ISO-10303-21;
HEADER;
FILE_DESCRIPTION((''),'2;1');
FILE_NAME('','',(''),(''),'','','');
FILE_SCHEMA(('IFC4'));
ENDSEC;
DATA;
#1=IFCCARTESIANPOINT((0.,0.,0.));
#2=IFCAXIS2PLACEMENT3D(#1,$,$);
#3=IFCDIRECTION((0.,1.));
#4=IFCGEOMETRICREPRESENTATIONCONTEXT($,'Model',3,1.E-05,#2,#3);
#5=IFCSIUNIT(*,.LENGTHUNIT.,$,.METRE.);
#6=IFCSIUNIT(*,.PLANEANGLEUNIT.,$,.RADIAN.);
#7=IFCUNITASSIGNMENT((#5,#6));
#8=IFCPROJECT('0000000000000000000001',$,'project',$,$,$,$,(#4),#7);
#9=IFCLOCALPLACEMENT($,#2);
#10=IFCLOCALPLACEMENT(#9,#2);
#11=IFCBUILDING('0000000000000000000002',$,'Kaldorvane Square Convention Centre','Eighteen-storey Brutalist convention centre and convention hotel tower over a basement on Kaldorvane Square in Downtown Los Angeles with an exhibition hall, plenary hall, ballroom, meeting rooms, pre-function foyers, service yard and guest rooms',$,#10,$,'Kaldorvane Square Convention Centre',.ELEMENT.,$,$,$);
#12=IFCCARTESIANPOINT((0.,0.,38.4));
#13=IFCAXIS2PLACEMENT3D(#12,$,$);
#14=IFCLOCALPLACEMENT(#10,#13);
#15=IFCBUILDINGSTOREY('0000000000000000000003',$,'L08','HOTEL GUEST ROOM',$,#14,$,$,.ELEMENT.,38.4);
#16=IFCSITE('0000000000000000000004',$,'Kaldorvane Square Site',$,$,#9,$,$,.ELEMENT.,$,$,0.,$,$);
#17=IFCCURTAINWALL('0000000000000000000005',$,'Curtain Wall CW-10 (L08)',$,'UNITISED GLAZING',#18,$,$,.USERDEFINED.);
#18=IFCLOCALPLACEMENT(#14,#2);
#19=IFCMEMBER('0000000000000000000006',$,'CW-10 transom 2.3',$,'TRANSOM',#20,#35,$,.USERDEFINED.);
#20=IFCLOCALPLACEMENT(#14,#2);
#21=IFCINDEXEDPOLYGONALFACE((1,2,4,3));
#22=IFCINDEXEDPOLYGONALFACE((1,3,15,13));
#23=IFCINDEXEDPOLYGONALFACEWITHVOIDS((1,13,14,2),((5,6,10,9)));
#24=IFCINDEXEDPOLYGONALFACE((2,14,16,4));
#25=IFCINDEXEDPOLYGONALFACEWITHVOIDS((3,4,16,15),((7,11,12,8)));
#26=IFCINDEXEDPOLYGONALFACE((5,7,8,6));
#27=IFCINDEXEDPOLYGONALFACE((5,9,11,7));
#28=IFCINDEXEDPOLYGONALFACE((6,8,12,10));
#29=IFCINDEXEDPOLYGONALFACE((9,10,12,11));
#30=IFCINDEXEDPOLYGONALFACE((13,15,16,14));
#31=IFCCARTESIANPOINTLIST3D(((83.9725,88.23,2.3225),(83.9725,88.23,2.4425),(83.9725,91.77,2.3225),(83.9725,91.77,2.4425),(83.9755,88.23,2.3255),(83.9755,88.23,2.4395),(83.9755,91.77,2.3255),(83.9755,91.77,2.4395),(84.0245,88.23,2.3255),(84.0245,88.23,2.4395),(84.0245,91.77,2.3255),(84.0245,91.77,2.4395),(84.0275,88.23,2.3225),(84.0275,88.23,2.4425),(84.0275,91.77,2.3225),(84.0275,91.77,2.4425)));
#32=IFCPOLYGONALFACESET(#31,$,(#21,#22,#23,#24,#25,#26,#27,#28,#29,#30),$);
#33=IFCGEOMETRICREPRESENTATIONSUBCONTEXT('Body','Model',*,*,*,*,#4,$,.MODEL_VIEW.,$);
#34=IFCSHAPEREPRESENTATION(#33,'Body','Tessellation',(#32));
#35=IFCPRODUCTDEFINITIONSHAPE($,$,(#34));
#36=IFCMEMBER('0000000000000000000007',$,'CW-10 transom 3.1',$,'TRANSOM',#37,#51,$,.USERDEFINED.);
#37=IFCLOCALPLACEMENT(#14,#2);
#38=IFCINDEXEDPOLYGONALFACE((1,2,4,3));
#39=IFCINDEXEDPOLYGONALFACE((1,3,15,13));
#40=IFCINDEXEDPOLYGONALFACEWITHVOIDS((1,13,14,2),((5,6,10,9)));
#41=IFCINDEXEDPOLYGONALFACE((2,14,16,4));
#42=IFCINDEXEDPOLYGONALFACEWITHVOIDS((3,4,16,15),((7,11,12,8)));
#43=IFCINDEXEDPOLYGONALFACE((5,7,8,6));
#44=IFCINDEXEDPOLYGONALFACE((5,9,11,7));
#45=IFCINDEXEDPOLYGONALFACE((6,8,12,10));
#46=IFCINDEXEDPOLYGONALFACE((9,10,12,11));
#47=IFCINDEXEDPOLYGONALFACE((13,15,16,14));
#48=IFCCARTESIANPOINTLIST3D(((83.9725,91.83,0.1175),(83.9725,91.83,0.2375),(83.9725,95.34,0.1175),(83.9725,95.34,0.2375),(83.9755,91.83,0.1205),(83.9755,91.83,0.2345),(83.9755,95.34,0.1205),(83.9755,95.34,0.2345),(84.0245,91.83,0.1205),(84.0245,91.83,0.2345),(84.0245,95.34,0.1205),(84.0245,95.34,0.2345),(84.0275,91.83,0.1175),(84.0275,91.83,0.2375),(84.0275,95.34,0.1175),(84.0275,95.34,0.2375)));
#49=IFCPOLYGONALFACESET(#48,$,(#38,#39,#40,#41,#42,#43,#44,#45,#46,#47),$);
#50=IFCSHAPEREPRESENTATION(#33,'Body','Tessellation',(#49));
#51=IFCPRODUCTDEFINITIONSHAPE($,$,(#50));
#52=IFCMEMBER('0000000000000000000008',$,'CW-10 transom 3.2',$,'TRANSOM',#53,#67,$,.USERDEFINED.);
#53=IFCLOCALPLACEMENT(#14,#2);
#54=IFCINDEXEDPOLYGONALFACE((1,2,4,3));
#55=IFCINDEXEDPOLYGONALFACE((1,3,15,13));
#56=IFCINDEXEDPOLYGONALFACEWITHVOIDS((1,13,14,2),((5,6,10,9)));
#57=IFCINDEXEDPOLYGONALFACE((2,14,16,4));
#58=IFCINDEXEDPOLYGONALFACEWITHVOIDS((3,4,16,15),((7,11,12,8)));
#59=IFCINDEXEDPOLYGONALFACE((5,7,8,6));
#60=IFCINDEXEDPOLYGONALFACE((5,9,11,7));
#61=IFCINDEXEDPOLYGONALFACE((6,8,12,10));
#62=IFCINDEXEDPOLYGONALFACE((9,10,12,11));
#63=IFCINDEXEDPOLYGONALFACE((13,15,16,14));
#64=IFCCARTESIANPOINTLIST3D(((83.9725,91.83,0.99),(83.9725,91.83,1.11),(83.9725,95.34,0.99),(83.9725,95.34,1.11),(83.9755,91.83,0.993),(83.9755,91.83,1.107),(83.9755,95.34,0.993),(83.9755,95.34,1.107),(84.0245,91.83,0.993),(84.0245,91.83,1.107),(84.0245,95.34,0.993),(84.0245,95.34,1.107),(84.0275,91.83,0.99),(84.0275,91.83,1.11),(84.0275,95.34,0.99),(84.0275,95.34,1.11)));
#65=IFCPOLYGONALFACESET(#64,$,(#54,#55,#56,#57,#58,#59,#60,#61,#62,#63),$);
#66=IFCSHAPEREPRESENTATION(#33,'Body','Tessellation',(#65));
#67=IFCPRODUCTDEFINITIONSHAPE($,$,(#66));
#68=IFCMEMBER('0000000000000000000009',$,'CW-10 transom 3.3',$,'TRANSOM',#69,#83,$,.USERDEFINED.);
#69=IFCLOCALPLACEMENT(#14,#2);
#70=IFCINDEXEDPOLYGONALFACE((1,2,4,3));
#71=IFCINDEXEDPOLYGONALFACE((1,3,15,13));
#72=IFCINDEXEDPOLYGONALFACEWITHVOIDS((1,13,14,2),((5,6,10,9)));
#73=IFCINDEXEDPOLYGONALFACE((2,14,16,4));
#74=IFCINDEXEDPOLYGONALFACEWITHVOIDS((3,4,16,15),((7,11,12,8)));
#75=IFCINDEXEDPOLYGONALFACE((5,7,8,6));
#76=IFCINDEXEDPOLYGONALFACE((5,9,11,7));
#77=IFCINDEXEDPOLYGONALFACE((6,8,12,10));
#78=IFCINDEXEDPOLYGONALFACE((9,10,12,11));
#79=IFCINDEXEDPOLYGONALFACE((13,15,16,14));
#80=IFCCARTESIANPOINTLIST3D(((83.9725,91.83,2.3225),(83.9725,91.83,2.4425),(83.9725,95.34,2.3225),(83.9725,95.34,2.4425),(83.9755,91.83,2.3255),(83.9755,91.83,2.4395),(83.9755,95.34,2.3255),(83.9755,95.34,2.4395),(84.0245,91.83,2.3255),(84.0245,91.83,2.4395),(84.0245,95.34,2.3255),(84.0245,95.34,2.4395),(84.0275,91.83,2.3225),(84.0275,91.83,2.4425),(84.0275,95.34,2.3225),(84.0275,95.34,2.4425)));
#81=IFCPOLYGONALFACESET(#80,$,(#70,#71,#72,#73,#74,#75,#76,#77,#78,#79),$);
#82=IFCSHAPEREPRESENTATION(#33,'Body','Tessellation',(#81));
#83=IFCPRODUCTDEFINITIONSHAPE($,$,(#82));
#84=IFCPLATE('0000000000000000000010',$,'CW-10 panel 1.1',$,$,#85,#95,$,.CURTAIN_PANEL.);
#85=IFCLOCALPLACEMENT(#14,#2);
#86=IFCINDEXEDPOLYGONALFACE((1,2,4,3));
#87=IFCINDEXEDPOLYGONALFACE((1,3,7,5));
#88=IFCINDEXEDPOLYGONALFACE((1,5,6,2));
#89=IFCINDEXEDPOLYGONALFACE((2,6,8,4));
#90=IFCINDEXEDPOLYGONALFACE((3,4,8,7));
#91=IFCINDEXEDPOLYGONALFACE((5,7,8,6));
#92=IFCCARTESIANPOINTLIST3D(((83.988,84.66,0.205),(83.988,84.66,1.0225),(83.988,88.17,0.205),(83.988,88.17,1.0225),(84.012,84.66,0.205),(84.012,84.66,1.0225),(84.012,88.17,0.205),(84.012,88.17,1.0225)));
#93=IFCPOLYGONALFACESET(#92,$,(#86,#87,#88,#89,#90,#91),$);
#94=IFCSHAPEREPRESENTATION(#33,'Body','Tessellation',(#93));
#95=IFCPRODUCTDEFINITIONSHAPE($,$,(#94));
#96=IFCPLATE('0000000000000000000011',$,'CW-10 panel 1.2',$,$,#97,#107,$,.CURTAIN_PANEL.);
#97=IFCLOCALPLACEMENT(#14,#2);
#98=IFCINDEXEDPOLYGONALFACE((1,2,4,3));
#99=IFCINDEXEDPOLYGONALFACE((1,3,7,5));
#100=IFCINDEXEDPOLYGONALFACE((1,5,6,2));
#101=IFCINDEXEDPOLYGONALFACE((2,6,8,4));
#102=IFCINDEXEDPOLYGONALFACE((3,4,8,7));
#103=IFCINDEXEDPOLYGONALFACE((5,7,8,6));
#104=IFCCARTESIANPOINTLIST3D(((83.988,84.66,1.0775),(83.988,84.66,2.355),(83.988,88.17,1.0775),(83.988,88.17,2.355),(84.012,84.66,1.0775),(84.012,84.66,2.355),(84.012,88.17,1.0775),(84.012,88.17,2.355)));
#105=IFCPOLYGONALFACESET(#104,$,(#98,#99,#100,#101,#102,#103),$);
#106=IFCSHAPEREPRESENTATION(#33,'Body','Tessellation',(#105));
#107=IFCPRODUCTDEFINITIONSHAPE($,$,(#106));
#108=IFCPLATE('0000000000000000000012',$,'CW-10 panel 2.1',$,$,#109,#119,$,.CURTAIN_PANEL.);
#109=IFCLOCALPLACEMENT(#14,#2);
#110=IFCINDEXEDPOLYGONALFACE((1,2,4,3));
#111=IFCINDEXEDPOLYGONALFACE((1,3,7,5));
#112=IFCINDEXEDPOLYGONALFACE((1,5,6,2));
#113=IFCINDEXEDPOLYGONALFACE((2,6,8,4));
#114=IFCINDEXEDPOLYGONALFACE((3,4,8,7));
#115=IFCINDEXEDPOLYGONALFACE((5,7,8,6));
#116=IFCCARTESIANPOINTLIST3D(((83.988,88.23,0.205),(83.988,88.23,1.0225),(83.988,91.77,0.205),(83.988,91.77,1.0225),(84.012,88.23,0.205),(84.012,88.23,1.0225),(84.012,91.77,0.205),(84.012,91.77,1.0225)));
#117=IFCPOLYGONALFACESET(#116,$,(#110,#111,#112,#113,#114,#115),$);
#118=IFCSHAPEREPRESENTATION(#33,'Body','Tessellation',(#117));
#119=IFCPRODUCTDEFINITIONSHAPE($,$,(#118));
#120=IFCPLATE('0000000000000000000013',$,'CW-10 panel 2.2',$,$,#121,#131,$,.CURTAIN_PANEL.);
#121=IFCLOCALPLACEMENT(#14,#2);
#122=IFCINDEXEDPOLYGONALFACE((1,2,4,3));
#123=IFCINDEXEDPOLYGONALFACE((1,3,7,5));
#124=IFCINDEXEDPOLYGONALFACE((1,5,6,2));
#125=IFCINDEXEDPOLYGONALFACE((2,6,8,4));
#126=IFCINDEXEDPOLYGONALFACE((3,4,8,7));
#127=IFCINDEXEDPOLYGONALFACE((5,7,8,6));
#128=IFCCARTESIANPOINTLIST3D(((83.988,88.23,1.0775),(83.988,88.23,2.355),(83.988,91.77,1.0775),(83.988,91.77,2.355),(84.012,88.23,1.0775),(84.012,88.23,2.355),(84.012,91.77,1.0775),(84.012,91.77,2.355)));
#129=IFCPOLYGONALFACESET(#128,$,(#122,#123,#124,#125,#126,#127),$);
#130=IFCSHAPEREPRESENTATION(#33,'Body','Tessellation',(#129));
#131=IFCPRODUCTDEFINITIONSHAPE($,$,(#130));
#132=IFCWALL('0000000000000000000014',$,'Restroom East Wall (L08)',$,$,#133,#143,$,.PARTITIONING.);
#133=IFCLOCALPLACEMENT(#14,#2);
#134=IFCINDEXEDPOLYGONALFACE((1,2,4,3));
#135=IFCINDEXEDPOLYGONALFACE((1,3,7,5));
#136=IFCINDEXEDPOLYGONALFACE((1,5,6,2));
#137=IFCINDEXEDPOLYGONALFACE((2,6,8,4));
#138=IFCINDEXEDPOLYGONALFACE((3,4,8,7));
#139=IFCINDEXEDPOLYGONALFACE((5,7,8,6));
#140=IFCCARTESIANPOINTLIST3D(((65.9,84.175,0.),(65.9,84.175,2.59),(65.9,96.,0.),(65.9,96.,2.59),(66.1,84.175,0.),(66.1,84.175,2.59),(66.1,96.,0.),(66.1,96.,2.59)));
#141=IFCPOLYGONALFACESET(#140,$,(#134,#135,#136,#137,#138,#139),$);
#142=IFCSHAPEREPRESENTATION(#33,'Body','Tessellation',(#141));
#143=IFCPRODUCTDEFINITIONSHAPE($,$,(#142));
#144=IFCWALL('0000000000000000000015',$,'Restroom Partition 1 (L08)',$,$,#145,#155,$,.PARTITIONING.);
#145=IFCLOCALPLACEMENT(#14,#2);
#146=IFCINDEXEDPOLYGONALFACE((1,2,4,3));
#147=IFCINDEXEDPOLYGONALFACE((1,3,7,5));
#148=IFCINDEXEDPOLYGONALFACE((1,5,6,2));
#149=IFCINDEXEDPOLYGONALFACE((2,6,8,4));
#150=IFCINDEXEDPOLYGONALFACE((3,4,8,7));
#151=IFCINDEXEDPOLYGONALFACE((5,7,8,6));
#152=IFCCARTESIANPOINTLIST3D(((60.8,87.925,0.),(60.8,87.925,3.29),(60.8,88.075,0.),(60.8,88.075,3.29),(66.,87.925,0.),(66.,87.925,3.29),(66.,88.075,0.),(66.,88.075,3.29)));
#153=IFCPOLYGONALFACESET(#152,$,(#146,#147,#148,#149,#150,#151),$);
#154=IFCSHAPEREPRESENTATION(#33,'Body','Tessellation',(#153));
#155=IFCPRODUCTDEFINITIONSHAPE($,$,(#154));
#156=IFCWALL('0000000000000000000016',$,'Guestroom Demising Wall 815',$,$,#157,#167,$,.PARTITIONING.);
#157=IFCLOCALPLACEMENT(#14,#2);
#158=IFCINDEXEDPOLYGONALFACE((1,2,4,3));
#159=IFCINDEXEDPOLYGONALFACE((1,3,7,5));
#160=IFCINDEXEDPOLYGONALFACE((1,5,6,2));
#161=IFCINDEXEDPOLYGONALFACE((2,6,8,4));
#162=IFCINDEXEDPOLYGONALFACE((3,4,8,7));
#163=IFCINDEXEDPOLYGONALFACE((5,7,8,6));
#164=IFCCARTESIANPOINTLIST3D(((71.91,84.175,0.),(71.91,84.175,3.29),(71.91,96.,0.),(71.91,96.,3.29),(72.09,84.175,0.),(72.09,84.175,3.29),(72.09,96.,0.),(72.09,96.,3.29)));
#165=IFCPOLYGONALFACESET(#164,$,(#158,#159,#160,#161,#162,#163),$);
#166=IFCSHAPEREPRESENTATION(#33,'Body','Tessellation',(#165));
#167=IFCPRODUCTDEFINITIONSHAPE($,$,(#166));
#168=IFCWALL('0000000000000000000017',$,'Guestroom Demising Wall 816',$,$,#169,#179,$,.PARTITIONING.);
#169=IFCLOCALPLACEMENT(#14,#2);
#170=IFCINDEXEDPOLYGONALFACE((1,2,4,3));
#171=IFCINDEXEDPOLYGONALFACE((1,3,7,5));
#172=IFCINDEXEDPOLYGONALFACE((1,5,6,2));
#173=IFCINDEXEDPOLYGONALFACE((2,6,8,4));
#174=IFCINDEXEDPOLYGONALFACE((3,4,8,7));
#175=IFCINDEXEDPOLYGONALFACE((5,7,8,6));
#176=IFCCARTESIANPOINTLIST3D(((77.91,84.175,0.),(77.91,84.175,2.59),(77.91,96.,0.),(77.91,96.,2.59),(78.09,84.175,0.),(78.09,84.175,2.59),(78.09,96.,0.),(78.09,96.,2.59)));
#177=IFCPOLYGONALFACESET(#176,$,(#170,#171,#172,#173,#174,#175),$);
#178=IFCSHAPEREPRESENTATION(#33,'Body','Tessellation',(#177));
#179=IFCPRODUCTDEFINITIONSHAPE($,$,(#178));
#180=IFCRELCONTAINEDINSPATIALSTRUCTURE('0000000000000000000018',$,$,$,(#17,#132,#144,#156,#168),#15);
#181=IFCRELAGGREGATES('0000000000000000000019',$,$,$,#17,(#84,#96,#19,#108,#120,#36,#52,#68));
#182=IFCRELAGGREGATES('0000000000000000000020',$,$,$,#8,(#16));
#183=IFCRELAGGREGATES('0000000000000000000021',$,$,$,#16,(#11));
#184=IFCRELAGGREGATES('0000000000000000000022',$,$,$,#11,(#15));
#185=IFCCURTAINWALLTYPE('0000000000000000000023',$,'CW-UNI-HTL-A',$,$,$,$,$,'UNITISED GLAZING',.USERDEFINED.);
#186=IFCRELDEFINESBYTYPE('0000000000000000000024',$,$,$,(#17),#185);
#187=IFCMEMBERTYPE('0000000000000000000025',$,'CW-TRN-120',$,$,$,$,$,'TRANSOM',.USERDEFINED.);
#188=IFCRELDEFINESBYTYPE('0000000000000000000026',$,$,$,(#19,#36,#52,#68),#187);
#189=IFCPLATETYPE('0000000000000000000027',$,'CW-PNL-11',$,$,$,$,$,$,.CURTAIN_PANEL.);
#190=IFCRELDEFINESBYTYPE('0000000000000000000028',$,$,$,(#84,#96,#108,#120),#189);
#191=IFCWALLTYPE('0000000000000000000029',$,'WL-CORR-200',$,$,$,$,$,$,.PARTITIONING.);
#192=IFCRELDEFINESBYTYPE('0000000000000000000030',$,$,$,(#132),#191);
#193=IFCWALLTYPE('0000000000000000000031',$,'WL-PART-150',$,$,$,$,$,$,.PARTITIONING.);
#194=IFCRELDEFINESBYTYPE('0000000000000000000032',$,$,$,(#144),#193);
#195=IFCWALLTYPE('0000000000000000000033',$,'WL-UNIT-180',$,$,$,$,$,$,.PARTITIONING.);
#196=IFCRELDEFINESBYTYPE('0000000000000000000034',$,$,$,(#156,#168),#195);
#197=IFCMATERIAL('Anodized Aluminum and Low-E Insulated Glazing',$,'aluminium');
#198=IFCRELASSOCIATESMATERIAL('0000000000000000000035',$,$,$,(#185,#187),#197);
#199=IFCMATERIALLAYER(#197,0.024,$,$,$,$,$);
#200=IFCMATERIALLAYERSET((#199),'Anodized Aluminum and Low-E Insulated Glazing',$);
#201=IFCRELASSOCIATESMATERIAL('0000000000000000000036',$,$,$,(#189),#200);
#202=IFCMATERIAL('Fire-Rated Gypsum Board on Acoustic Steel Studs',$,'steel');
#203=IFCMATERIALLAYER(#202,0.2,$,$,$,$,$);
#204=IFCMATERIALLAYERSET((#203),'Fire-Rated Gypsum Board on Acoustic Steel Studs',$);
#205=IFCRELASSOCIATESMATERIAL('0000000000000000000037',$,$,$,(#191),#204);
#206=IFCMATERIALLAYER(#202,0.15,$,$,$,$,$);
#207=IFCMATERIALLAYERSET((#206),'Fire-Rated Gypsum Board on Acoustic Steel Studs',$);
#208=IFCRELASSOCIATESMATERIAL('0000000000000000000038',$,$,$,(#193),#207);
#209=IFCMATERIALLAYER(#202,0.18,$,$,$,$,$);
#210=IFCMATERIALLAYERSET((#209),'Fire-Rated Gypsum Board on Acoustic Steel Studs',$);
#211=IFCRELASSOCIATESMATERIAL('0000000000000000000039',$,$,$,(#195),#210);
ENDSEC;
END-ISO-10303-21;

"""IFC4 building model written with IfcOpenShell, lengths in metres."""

from ifc_helpers import new_model, si_unit, direction, frame, frame_2d, origin, origin_2d, place, context, subcontext, project, spatial, rectangle, hollow_rectangle, extrude, material, layer, layer_set, material_profile, profile_set, type_object, element, aggregate, save


model = new_model("IFC4")

# Units and contexts
model_context = context("Model", 3, precision=1e-05, world=origin(), true_north=direction((0.0, 1.0)))
body_context = subcontext(model_context, "Body", "Model", "MODEL_VIEW")
ifc_project = project(units=[si_unit("LENGTHUNIT", "METRE"), si_unit("PLANEANGLEUNIT", "RADIAN")], contexts=[model_context])

# Site, building, storey
site_placement = place(None, origin())
site = spatial("IfcSite", under=ifc_project, at=site_placement, Name="Kaldorvane Square Site", CompositionType="ELEMENT", RefElevation=0.0)
building_placement = place(site_placement, origin())
building = spatial("IfcBuilding", under=site, at=building_placement, Name="Kaldorvane Square Convention Centre", Description="Eighteen-storey Brutalist convention centre and convention hotel tower over a basement on Kaldorvane Square in Downtown Los Angeles with an exhibition hall, plenary hall, ballroom, meeting rooms, pre-function foyers, service yard and guest rooms", LongName="Kaldorvane Square Convention Centre", CompositionType="ELEMENT")
storey_placement = place(building_placement, frame((0.0, 0.0, 38.4)))
storey = spatial("IfcBuildingStorey", under=building, at=storey_placement, Name="L08", Description="HOTEL GUEST ROOM", CompositionType="ELEMENT", Elevation=38.4)

# Curtain wall, members, plates
ifc_material_1 = material(Name="Anodized Aluminum and Low-E Insulated Glazing", Category="aluminium")
curtain_wall_type = type_object("IfcCurtainWallType", Name="CW-UNI-HTL-A", ElementType="UNITISED GLAZING", PredefinedType="USERDEFINED", material=ifc_material_1)
curtain_wall_placement = place(storey_placement, origin())
curtain_wall = element("IfcCurtainWall", 1, at=curtain_wall_placement, inside=storey, type_object=curtain_wall_type, Name="Curtain Wall CW-10 (L08)", ObjectType="UNITISED GLAZING", PredefinedType="USERDEFINED")
ifc_material_profile_1 = material_profile(ifc_material_1, hollow_rectangle(XDim=0.055, YDim=0.12, WallThickness=0.003, at=origin_2d()), Name="CWT-120X55")
ifc_profile_set_1 = profile_set([ifc_material_profile_1], Name="Anodized Aluminum and Low-E Insulated Glazing")
member_type_1 = type_object("IfcMemberType", Name="CW-TRN-120", ElementType="TRANSOM", PredefinedType="USERDEFINED", material=ifc_profile_set_1)
member_1_placement = place(storey_placement, frame((84.0, 88.23, 2.3825), z_axis=(0.0, 1.0, 0.0), x_axis=(-1.0, 0.0, 0.0)))
member_1 = element("IfcMember", 2, at=member_1_placement, type_object=member_type_1, Name="CW-10 transom 2.3", ObjectType="TRANSOM", PredefinedType="USERDEFINED", context=body_context, shape_type="SweptSolid", body=[
    extrude(hollow_rectangle(XDim=0.055, YDim=0.12, WallThickness=0.003, at=origin_2d()), origin(), (0.0, 0.0, 1.0), 3.54),
])
member_2_placement = place(storey_placement, frame((84.0, 91.83, 0.1775), z_axis=(0.0, 1.0, 0.0), x_axis=(-1.0, 0.0, 0.0)))
member_2 = element("IfcMember", 3, at=member_2_placement, type_object=member_type_1, Name="CW-10 transom 3.1", ObjectType="TRANSOM", PredefinedType="USERDEFINED", context=body_context, shape_type="SweptSolid", body=[
    extrude(hollow_rectangle(XDim=0.055, YDim=0.12, WallThickness=0.003, at=origin_2d()), origin(), (0.0, 0.0, 1.0), 3.51),
])
member_3_placement = place(storey_placement, frame((84.0, 91.83, 1.05), z_axis=(0.0, 1.0, 0.0), x_axis=(-1.0, 0.0, 0.0)))
member_3 = element("IfcMember", 4, at=member_3_placement, type_object=member_type_1, Name="CW-10 transom 3.2", ObjectType="TRANSOM", PredefinedType="USERDEFINED", context=body_context, shape_type="SweptSolid", body=[
    extrude(hollow_rectangle(XDim=0.055, YDim=0.12, WallThickness=0.003, at=origin_2d()), origin(), (0.0, 0.0, 1.0), 3.51),
])
member_4_placement = place(storey_placement, frame((84.0, 91.83, 2.3825), z_axis=(0.0, 1.0, 0.0), x_axis=(-1.0, 0.0, 0.0)))
member_4 = element("IfcMember", 5, at=member_4_placement, type_object=member_type_1, Name="CW-10 transom 3.3", ObjectType="TRANSOM", PredefinedType="USERDEFINED", context=body_context, shape_type="SweptSolid", body=[
    extrude(hollow_rectangle(XDim=0.055, YDim=0.12, WallThickness=0.003, at=origin_2d()), origin(), (0.0, 0.0, 1.0), 3.51),
])
ifc_layer_1 = layer(ifc_material_1, 0.024)
ifc_layer_set_1 = layer_set([ifc_layer_1], Name="Anodized Aluminum and Low-E Insulated Glazing")
plate_type = type_object("IfcPlateType", Name="CW-PNL-11", PredefinedType="CURTAIN_PANEL", material=ifc_layer_set_1)
plate_1_placement = place(storey_placement, frame((84.0, 86.415, 0.205), z_axis=(0.0, 0.0, 1.0), x_axis=(0.0, 1.0, 0.0)))
plate_1 = element("IfcPlate", 6, at=plate_1_placement, type_object=plate_type, Name="CW-10 panel 1.1", PredefinedType="CURTAIN_PANEL", context=body_context, shape_type="SweptSolid", body=[
    extrude(rectangle(XDim=3.51, YDim=0.024, at=origin_2d()), origin(), (0.0, 0.0, 1.0), 0.8175),
])
plate_2_placement = place(storey_placement, frame((84.0, 86.415, 1.0775), z_axis=(0.0, 0.0, 1.0), x_axis=(0.0, 1.0, 0.0)))
plate_2 = element("IfcPlate", 7, at=plate_2_placement, type_object=plate_type, Name="CW-10 panel 1.2", PredefinedType="CURTAIN_PANEL", context=body_context, shape_type="SweptSolid", body=[
    extrude(rectangle(XDim=3.51, YDim=0.024, at=origin_2d()), origin(), (0.0, 0.0, 1.0), 1.2775),
])
plate_3_placement = place(storey_placement, frame((84.0, 90.0, 0.205), z_axis=(0.0, 0.0, 1.0), x_axis=(0.0, 1.0, 0.0)))
plate_3 = element("IfcPlate", 8, at=plate_3_placement, type_object=plate_type, Name="CW-10 panel 2.1", PredefinedType="CURTAIN_PANEL", context=body_context, shape_type="SweptSolid", body=[
    extrude(rectangle(XDim=3.54, YDim=0.024, at=origin_2d()), origin(), (0.0, 0.0, 1.0), 0.8175),
])
plate_4_placement = place(storey_placement, frame((84.0, 90.0, 1.0775), z_axis=(0.0, 0.0, 1.0), x_axis=(0.0, 1.0, 0.0)))
plate_4 = element("IfcPlate", 9, at=plate_4_placement, type_object=plate_type, Name="CW-10 panel 2.2", PredefinedType="CURTAIN_PANEL", context=body_context, shape_type="SweptSolid", body=[
    extrude(rectangle(XDim=3.54, YDim=0.024, at=origin_2d()), origin(), (0.0, 0.0, 1.0), 1.2775),
])
aggregate(curtain_wall, [plate_1, plate_2, member_1, plate_3, plate_4, member_2, member_3, member_4])

# Walls
ifc_material_2 = material(Name="Fire-Rated Gypsum Board on Acoustic Steel Studs", Category="steel")
ifc_layer_2 = layer(ifc_material_2, 0.2)
ifc_layer_set_2 = layer_set([ifc_layer_2], Name="Fire-Rated Gypsum Board on Acoustic Steel Studs")
wall_type_1 = type_object("IfcWallType", Name="WL-CORR-200", PredefinedType="PARTITIONING", material=ifc_layer_set_2)
wall_1_placement = place(storey_placement, frame((66.0, 84.175, 0.0), z_axis=(0.0, 0.0, 1.0), x_axis=(0.0, 1.0, 0.0)))
element("IfcWall", 10, at=wall_1_placement, inside=storey, type_object=wall_type_1, Name="Restroom East Wall (L08)", PredefinedType="PARTITIONING", context=body_context, shape_type="SweptSolid", body=[
    extrude(rectangle(XDim=11.825, YDim=0.2, at=frame_2d((5.9125, 0.0))), origin(), (0.0, 0.0, 1.0), 2.59),
])
ifc_layer_3 = layer(ifc_material_2, 0.15)
ifc_layer_set_3 = layer_set([ifc_layer_3], Name="Fire-Rated Gypsum Board on Acoustic Steel Studs")
wall_type_2 = type_object("IfcWallType", Name="WL-PART-150", PredefinedType="PARTITIONING", material=ifc_layer_set_3)
wall_2_placement = place(storey_placement, frame((60.8, 88.0, 0.0), z_axis=(0.0, 0.0, 1.0), x_axis=(1.0, 0.0, 0.0)))
element("IfcWall", 11, at=wall_2_placement, inside=storey, type_object=wall_type_2, Name="Restroom Partition 1 (L08)", PredefinedType="PARTITIONING", context=body_context, shape_type="SweptSolid", body=[
    extrude(rectangle(XDim=5.2, YDim=0.15, at=frame_2d((2.6, 0.0))), origin(), (0.0, 0.0, 1.0), 3.29),
])
ifc_layer_4 = layer(ifc_material_2, 0.18)
ifc_layer_set_4 = layer_set([ifc_layer_4], Name="Fire-Rated Gypsum Board on Acoustic Steel Studs")
wall_type_3 = type_object("IfcWallType", Name="WL-UNIT-180", PredefinedType="PARTITIONING", material=ifc_layer_set_4)
wall_3_placement = place(storey_placement, frame((72.0, 84.175, 0.0), z_axis=(0.0, 0.0, 1.0), x_axis=(0.0, 1.0, 0.0)))
element("IfcWall", 12, at=wall_3_placement, inside=storey, type_object=wall_type_3, Name="Guestroom Demising Wall 815", PredefinedType="PARTITIONING", context=body_context, shape_type="SweptSolid", body=[
    extrude(rectangle(XDim=11.825, YDim=0.18, at=frame_2d((5.9125, 0.0))), origin(), (0.0, 0.0, 1.0), 3.29),
])
wall_4_placement = place(storey_placement, frame((78.0, 84.175, 0.0), z_axis=(0.0, 0.0, 1.0), x_axis=(0.0, 1.0, 0.0)))
element("IfcWall", 13, at=wall_4_placement, inside=storey, type_object=wall_type_3, Name="Guestroom Demising Wall 816", PredefinedType="PARTITIONING", context=body_context, shape_type="SweptSolid", body=[
    extrude(rectangle(XDim=11.825, YDim=0.18, at=frame_2d((5.9125, 0.0))), origin(), (0.0, 0.0, 1.0), 2.59),
])

save(model, "model.ifc")
